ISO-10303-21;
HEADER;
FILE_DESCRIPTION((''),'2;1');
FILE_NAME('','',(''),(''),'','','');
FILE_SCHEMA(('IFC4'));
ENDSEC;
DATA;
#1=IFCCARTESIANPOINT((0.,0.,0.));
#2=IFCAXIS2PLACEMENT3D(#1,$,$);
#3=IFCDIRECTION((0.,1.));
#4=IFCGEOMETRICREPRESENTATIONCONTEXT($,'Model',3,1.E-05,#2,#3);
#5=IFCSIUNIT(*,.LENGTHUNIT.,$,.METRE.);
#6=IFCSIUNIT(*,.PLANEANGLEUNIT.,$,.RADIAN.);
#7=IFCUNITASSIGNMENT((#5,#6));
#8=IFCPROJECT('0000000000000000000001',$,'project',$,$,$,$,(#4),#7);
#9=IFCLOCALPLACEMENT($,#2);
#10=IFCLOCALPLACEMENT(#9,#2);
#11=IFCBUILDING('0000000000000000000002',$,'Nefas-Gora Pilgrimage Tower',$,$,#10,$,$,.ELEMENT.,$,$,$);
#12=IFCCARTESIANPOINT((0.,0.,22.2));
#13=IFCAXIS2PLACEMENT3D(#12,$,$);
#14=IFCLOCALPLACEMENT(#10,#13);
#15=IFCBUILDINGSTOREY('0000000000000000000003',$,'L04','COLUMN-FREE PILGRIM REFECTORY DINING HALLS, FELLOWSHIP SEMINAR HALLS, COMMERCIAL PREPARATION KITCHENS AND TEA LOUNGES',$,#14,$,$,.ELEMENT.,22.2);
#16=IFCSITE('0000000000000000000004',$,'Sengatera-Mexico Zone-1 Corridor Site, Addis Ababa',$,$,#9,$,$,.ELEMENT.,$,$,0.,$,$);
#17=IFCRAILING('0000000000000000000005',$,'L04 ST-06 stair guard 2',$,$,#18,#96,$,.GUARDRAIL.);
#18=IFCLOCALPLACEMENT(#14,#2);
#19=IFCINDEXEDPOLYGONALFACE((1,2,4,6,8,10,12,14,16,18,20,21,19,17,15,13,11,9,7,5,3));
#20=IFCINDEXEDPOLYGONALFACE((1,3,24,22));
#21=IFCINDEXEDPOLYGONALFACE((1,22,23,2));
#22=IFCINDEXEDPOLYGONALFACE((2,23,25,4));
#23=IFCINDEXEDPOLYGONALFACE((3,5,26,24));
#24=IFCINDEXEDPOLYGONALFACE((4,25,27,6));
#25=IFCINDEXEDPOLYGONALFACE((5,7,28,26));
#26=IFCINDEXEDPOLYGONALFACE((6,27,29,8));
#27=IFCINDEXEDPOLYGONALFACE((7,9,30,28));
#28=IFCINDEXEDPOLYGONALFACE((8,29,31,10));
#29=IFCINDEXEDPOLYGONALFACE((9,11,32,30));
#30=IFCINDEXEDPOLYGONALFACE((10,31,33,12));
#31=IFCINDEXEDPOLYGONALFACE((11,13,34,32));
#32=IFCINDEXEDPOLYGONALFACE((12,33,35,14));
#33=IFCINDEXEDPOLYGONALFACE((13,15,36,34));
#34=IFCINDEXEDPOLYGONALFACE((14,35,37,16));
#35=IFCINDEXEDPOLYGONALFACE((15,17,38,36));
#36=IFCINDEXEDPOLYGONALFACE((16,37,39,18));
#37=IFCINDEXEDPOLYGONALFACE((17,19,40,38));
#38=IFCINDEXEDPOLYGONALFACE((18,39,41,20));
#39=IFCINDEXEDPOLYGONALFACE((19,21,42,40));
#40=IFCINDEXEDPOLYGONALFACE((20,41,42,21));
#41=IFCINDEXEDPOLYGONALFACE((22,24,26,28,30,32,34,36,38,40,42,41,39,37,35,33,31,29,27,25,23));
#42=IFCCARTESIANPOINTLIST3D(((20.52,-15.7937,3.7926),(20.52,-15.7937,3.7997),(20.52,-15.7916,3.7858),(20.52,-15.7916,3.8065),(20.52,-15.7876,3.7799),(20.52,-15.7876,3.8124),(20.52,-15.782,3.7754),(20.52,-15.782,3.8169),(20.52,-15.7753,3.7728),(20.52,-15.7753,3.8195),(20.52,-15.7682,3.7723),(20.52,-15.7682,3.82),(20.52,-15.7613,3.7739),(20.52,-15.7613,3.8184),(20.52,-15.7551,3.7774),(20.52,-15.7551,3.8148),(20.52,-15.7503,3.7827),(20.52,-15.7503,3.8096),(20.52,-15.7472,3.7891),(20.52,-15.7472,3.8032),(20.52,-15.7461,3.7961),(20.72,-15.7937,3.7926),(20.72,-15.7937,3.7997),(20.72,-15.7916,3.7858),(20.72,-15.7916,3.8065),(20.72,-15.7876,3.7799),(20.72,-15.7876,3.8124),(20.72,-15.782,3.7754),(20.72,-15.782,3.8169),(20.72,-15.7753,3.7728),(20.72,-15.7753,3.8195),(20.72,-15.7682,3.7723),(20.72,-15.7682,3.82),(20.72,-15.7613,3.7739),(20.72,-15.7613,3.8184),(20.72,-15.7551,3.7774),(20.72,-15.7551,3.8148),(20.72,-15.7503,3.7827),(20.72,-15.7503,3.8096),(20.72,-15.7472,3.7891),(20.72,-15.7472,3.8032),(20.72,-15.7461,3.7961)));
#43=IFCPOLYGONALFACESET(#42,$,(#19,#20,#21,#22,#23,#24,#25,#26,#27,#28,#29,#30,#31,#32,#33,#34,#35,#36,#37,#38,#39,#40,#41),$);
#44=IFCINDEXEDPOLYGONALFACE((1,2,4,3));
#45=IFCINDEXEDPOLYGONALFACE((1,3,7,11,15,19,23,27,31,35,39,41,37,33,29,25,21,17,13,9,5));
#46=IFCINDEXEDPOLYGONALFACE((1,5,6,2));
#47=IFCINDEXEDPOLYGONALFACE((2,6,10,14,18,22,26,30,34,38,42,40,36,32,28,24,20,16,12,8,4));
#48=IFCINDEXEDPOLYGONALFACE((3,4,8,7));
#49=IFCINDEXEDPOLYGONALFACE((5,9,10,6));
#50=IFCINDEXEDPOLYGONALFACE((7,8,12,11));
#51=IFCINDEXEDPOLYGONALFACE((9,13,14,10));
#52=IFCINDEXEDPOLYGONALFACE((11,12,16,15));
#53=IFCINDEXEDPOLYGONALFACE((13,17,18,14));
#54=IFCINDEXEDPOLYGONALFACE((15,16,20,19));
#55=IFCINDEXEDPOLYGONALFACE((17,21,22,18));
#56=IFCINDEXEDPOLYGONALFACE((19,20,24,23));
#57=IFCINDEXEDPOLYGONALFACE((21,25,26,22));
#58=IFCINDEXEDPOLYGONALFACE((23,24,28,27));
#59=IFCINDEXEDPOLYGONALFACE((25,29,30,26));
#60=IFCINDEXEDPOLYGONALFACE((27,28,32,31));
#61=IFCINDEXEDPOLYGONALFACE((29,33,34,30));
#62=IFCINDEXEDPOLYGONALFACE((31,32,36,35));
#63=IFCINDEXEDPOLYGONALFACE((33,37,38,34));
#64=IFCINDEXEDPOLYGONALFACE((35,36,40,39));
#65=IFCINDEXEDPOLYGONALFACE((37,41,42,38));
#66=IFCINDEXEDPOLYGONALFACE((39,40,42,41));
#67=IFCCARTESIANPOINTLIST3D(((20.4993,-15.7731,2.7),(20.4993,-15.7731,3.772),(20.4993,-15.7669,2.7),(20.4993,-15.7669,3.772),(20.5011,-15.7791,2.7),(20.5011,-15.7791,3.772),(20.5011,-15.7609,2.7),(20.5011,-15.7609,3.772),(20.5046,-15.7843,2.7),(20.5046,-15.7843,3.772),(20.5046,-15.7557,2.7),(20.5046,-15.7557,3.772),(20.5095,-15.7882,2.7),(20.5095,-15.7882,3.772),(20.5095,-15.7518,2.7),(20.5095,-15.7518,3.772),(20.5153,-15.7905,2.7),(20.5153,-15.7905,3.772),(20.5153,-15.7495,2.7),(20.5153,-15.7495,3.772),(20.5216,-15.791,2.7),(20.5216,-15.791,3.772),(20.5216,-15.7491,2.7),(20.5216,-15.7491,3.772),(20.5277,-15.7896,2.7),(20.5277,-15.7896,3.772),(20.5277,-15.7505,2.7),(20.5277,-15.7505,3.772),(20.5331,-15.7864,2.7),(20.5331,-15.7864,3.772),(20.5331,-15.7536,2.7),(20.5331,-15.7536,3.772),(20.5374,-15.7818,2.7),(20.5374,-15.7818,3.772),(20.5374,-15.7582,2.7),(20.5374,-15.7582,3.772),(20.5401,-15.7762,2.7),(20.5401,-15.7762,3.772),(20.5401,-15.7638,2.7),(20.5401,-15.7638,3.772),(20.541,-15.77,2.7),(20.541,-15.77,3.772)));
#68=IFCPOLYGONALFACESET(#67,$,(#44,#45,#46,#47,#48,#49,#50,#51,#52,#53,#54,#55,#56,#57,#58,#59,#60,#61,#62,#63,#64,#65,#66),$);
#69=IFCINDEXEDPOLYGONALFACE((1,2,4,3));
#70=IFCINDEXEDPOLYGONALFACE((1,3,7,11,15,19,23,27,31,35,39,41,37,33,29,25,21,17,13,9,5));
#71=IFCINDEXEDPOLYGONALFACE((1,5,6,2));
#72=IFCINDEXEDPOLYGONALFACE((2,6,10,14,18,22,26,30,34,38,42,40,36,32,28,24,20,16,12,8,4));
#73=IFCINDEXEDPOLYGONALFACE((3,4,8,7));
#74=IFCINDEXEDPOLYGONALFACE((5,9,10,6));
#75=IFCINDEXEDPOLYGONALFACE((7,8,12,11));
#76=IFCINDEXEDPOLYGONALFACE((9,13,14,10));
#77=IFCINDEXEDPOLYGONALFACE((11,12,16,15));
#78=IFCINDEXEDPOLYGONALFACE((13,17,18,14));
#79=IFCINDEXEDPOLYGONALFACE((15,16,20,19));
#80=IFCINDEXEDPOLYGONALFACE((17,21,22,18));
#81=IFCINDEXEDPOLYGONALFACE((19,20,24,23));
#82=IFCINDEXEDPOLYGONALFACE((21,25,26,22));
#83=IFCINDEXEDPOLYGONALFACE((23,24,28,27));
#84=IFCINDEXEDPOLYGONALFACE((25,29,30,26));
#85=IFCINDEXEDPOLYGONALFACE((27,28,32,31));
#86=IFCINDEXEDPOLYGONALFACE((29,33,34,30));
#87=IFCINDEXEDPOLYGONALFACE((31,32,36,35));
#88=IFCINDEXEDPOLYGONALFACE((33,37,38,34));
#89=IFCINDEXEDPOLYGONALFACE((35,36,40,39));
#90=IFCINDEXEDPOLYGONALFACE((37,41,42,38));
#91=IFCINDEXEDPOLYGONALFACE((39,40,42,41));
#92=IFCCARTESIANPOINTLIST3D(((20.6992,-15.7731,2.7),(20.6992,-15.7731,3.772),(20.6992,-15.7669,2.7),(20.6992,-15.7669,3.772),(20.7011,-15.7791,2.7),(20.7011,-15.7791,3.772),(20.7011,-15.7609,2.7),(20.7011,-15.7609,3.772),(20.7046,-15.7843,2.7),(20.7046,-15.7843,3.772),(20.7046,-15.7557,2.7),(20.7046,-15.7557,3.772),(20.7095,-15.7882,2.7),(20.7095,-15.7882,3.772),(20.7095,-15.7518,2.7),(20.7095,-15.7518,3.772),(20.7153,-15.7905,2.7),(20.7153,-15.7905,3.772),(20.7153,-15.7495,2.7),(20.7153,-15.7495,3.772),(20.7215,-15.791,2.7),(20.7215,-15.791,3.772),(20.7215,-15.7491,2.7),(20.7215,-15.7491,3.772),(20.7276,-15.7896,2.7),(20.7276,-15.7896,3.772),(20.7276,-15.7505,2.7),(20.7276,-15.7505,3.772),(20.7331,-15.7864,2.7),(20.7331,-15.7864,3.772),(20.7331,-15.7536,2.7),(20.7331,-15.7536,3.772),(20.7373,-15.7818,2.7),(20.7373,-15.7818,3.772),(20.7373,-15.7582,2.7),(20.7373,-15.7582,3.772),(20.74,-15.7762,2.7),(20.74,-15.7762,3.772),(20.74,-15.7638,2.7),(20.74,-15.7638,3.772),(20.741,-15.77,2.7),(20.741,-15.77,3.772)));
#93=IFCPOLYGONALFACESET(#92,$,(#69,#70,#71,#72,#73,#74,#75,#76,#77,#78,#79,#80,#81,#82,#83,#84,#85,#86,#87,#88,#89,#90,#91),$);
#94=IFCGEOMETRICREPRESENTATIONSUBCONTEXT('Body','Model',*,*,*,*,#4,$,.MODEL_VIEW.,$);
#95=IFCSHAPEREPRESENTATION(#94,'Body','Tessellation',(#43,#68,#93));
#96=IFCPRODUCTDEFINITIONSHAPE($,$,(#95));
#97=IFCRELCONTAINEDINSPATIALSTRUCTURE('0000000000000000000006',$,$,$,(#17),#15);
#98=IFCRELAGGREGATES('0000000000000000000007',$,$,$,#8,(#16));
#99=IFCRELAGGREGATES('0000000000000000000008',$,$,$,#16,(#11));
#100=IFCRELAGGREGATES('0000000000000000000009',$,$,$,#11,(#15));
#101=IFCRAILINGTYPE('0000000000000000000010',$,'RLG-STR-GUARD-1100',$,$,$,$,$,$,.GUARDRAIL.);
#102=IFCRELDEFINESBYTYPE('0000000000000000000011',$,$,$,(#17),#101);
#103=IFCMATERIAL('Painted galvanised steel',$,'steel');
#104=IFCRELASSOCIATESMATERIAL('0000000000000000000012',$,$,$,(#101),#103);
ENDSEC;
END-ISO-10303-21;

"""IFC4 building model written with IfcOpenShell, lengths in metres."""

from ifc_helpers import new_model, si_unit, direction, frame, origin, origin_2d, place, context, subcontext, project, spatial, circle, extrude, material, type_object, element, save


model = new_model("IFC4")

# Units and contexts
model_context = context("Model", 3, precision=1e-05, world=origin(), true_north=direction((0.0, 1.0)))
body_context = subcontext(model_context, "Body", "Model", "MODEL_VIEW")
ifc_project = project(units=[si_unit("LENGTHUNIT", "METRE"), si_unit("PLANEANGLEUNIT", "RADIAN")], contexts=[model_context])

# Site, building, storey
site_placement = place(None, origin())
site = spatial("IfcSite", under=ifc_project, at=site_placement, Name="Sengatera-Mexico Zone-1 Corridor Site, Addis Ababa", CompositionType="ELEMENT", RefElevation=0.0)
building_placement = place(site_placement, origin())
building = spatial("IfcBuilding", under=site, at=building_placement, Name="Nefas-Gora Pilgrimage Tower", CompositionType="ELEMENT")
storey_placement = place(building_placement, frame((0.0, 0.0, 22.2)))
storey = spatial("IfcBuildingStorey", under=building, at=storey_placement, Name="L04", Description="COLUMN-FREE PILGRIM REFECTORY DINING HALLS, FELLOWSHIP SEMINAR HALLS, COMMERCIAL PREPARATION KITCHENS AND TEA LOUNGES", CompositionType="ELEMENT", Elevation=22.2)

# Railing
ifc_material_1 = material(Name="Painted galvanised steel", Category="steel")
railing_type_1 = type_object("IfcRailingType", Name="RLG-STR-GUARD-1100", PredefinedType="GUARDRAIL", material=ifc_material_1)
railing_1_placement = place(storey_placement, frame((20.52, -15.77, 2.7)))
element("IfcRailing", 1, at=railing_1_placement, inside=storey, type_object=railing_type_1, Name="L04 ST-06 stair guard 2", PredefinedType="GUARDRAIL", context=body_context, shape_type="SweptSolid", body=[
    extrude(circle(Radius=0.0239, at=origin_2d()), frame((0.0, 0.0, 1.0962), z_axis=(1.0, 0.0, 0.0), x_axis=(0.0, 1.0, 0.0)), (0.0, 0.0, 1.0), 0.2),
    extrude(circle(Radius=0.021, at=origin_2d()), origin(), (0.0, 0.0, 1.0), 1.072),
    extrude(circle(Radius=0.021, at=origin_2d()), frame((0.2, 0.0, 0.0)), (0.0, 0.0, 1.0), 1.072),
])

save(model, "model.ifc")
